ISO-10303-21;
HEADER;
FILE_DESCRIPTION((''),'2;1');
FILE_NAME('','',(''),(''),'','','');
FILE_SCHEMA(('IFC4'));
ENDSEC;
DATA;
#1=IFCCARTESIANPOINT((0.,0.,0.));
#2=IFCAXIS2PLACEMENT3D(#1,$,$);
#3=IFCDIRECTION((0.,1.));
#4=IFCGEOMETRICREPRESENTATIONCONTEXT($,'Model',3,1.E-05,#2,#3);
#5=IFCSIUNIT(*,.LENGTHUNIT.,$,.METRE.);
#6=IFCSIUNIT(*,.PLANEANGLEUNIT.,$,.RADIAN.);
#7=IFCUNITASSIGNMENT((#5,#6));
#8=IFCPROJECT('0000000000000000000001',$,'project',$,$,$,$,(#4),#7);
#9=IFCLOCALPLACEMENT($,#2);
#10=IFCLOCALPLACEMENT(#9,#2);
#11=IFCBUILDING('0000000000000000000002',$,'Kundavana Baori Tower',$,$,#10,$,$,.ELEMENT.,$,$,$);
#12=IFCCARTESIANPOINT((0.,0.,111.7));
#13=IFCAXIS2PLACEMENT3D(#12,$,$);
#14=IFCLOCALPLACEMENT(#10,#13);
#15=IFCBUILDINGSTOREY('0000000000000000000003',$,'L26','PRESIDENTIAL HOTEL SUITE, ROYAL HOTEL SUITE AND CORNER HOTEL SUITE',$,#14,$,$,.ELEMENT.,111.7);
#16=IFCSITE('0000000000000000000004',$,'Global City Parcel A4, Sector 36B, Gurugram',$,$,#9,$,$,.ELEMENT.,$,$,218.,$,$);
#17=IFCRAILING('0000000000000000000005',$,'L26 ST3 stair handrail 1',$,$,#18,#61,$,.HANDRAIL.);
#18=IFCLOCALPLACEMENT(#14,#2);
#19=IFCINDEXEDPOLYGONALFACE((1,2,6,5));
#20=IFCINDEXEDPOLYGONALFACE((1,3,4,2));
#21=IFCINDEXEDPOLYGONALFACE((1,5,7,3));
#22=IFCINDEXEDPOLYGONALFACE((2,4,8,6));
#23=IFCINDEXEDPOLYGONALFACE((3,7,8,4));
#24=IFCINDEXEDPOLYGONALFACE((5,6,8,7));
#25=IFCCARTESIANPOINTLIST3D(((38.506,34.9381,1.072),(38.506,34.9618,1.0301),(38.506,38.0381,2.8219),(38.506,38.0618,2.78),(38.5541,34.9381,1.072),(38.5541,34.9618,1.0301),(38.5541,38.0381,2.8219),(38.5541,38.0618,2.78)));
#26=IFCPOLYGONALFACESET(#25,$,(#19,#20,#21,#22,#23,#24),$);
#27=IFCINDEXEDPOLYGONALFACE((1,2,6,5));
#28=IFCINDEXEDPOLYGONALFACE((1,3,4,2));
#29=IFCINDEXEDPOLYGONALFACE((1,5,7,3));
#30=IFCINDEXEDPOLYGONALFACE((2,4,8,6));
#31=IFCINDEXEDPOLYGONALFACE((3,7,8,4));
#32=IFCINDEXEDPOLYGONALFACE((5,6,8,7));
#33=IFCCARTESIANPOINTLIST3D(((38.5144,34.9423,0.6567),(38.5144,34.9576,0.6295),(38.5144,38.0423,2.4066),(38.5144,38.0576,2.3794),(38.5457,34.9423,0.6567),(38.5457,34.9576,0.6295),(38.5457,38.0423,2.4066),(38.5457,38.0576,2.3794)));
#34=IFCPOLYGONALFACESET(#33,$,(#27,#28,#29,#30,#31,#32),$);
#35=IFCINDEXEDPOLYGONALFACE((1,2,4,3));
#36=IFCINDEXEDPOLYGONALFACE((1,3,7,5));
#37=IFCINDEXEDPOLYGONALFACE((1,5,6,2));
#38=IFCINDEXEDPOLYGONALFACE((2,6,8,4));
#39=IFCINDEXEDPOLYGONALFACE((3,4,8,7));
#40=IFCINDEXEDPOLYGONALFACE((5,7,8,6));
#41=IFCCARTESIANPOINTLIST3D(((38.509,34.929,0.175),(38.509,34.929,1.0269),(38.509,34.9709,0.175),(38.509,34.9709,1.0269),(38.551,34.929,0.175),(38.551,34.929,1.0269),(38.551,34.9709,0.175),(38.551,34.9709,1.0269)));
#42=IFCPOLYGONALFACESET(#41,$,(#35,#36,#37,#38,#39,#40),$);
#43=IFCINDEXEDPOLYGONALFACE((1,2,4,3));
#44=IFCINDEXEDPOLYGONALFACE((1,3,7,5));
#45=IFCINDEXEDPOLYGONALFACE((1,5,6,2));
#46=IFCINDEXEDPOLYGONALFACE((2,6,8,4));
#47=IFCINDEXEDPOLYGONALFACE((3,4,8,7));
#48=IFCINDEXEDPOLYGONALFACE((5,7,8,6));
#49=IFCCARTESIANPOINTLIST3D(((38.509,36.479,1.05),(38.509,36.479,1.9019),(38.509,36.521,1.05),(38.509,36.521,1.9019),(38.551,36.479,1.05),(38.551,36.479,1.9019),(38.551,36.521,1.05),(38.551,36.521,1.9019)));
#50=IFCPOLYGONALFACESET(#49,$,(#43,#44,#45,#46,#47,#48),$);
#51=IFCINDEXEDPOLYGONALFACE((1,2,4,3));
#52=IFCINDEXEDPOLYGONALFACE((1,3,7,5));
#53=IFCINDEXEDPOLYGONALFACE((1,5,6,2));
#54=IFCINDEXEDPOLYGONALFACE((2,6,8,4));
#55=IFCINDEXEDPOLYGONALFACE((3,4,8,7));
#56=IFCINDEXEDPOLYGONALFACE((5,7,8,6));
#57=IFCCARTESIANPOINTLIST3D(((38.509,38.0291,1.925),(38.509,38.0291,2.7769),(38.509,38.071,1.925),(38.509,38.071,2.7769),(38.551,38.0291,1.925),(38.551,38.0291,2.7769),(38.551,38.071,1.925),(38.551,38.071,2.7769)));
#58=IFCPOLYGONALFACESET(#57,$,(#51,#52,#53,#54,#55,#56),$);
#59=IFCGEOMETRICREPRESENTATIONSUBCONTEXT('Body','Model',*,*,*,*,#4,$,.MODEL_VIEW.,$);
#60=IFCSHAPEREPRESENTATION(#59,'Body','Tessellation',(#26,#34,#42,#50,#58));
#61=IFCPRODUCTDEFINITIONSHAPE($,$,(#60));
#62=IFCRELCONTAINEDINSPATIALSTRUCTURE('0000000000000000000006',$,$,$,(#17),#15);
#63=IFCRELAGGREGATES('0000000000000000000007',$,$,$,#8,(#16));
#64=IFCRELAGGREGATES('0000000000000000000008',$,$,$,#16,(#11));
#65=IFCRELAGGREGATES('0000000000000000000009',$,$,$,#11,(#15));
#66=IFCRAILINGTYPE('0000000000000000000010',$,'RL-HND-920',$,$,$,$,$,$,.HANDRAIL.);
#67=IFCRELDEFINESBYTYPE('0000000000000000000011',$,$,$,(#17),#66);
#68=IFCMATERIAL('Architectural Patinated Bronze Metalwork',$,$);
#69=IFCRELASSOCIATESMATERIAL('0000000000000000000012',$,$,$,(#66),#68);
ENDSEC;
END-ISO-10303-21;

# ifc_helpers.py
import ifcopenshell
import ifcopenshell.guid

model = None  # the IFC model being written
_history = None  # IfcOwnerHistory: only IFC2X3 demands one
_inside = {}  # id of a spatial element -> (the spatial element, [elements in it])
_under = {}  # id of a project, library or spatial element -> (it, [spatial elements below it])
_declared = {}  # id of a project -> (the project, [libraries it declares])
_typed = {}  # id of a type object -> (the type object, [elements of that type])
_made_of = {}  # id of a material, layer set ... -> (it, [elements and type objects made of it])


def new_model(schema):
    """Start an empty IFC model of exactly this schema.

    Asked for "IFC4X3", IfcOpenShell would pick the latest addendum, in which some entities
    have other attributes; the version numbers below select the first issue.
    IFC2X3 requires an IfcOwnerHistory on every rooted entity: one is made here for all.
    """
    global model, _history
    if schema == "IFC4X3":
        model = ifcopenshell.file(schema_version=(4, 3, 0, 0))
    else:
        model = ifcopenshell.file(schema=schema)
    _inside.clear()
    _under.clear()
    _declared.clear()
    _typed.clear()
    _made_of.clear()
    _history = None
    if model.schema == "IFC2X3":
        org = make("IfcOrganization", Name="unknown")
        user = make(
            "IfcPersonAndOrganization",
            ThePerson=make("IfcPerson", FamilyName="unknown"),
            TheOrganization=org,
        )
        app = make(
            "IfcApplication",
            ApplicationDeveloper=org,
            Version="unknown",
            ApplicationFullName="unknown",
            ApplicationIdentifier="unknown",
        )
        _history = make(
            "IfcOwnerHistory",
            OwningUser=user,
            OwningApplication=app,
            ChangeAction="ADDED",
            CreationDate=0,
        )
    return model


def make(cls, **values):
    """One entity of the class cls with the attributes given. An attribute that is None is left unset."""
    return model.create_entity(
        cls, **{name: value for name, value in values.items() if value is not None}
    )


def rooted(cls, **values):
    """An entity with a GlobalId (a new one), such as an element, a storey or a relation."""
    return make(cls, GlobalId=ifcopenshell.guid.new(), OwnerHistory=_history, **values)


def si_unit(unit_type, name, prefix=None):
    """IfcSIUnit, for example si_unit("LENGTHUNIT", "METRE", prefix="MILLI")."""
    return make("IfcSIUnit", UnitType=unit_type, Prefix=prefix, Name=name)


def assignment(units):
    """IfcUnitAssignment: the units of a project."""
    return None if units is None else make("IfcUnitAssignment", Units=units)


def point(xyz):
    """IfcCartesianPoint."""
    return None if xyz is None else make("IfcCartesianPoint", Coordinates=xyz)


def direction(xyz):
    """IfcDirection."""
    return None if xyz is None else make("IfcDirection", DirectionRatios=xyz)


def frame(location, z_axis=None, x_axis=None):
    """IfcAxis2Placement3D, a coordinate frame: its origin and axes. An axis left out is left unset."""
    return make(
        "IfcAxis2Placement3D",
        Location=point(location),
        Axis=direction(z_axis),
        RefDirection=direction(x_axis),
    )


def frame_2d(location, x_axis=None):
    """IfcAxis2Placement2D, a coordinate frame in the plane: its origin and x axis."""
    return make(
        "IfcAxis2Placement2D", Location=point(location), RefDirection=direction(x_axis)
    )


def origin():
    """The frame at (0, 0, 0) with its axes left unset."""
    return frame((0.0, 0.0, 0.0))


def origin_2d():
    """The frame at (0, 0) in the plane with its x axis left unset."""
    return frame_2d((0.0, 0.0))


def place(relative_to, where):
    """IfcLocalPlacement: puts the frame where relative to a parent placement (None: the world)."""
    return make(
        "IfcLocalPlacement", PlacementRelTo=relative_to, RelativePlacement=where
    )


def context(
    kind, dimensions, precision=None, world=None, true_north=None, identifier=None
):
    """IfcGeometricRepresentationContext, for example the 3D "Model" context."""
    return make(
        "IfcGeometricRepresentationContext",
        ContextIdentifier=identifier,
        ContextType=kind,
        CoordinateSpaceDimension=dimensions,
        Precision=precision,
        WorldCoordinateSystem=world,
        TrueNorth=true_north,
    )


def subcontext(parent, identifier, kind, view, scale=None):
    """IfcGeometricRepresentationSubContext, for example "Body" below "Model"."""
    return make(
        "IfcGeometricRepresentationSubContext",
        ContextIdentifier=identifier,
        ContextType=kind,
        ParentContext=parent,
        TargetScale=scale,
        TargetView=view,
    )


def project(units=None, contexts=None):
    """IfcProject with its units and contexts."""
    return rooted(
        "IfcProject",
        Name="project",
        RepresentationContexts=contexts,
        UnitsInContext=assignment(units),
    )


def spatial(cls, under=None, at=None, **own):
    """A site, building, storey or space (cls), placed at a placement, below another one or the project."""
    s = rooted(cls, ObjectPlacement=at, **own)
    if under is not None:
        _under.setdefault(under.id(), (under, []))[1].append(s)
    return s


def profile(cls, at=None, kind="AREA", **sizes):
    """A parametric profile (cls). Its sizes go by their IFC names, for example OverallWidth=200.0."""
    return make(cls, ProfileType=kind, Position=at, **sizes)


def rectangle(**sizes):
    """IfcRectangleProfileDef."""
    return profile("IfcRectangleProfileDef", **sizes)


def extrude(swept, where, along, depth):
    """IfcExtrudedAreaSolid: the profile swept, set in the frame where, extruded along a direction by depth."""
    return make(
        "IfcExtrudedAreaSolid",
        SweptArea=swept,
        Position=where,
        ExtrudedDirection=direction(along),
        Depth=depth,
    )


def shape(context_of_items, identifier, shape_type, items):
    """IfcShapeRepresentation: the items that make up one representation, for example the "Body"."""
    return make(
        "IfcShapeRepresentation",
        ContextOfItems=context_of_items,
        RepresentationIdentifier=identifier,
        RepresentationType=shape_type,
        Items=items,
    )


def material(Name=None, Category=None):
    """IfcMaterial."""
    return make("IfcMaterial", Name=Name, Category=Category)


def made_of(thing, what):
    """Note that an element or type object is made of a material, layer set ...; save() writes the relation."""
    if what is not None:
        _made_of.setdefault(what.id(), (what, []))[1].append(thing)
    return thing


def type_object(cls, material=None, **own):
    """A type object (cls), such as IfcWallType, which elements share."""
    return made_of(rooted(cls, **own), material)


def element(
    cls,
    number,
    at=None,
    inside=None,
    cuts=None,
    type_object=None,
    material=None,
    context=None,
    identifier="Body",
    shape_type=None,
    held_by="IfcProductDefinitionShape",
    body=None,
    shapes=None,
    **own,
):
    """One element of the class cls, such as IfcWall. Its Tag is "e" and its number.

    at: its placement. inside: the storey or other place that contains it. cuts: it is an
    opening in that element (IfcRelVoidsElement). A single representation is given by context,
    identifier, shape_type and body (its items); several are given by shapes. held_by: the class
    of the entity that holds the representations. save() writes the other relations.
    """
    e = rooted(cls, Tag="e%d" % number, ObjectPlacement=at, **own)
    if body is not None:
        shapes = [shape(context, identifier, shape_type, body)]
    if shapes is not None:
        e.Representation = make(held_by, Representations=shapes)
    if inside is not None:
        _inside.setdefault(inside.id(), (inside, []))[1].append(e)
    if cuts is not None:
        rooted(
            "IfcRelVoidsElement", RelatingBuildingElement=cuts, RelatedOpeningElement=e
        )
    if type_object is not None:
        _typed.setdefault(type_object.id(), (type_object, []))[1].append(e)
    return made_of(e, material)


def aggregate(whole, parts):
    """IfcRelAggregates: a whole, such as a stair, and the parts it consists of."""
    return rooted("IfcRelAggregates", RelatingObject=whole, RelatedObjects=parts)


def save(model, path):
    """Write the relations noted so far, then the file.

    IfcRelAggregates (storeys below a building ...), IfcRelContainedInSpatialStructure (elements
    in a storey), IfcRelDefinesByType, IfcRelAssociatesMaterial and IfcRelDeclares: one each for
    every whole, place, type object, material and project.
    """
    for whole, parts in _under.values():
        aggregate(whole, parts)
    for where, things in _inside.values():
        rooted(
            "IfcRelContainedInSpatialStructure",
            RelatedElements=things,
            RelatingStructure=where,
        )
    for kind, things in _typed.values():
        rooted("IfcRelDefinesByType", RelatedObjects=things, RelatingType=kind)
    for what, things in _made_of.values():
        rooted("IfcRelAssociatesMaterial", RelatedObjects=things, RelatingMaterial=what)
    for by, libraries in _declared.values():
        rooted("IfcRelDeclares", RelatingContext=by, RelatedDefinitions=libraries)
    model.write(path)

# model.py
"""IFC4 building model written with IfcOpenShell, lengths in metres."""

from ifc_helpers import new_model, si_unit, direction, frame, origin, origin_2d, place, context, subcontext, project, spatial, rectangle, extrude, material, type_object, element, save


model = new_model("IFC4")

# Units and contexts
model_context = context("Model", 3, precision=1e-05, world=origin(), true_north=direction((0.0, 1.0)))
body_context = subcontext(model_context, "Body", "Model", "MODEL_VIEW")
ifc_project = project(units=[si_unit("LENGTHUNIT", "METRE"), si_unit("PLANEANGLEUNIT", "RADIAN")], contexts=[model_context])

# Site, building, storey
site_placement = place(None, origin())
site = spatial("IfcSite", under=ifc_project, at=site_placement, Name="Global City Parcel A4, Sector 36B, Gurugram", CompositionType="ELEMENT", RefElevation=218.0)
building_placement = place(site_placement, origin())
building = spatial("IfcBuilding", under=site, at=building_placement, Name="Kundavana Baori Tower", CompositionType="ELEMENT")
storey_placement = place(building_placement, frame((0.0, 0.0, 111.7)))
storey = spatial("IfcBuildingStorey", under=building, at=storey_placement, Name="L26", Description="PRESIDENTIAL HOTEL SUITE, ROYAL HOTEL SUITE AND CORNER HOTEL SUITE", CompositionType="ELEMENT", Elevation=111.7)

# Railing
ifc_material_1 = material(Name="Architectural Patinated Bronze Metalwork")
railing_type_1 = type_object("IfcRailingType", Name="RL-HND-920", PredefinedType="HANDRAIL", material=ifc_material_1)
railing_1_placement = place(storey_placement, frame((38.53, 34.95, 0.175)))
element("IfcRailing", 1, at=railing_1_placement, inside=storey, type_object=railing_type_1, Name="L26 ST3 stair handrail 1", PredefinedType="HANDRAIL", context=body_context, shape_type="SweptSolid", body=[
    extrude(rectangle(XDim=0.0481, YDim=0.0481, at=origin_2d()), frame((0.0, 0.0, 0.876), z_axis=(0.0, 0.870831, 0.491583), x_axis=(-1.0, 0.0, 0.0)), (0.0, 0.0, 1.0), 3.5598),
    extrude(rectangle(XDim=0.0312, YDim=0.0312, at=origin_2d()), frame((0.0, 0.0, 0.468), z_axis=(0.0, 0.870831, 0.491583), x_axis=(-1.0, 0.0, 0.0)), (0.0, 0.0, 1.0), 3.5598),
    extrude(rectangle(XDim=0.042, YDim=0.042, at=origin_2d()), origin(), (0.0, 0.0, 1.0), 0.8518),
    extrude(rectangle(XDim=0.042, YDim=0.042, at=origin_2d()), frame((0.0, 1.55, 0.875)), (0.0, 0.0, 1.0), 0.8518),
    extrude(rectangle(XDim=0.042, YDim=0.042, at=origin_2d()), frame((0.0, 3.1001, 1.75)), (0.0, 0.0, 1.0), 0.8518),
])

save(model, "model.ifc")
